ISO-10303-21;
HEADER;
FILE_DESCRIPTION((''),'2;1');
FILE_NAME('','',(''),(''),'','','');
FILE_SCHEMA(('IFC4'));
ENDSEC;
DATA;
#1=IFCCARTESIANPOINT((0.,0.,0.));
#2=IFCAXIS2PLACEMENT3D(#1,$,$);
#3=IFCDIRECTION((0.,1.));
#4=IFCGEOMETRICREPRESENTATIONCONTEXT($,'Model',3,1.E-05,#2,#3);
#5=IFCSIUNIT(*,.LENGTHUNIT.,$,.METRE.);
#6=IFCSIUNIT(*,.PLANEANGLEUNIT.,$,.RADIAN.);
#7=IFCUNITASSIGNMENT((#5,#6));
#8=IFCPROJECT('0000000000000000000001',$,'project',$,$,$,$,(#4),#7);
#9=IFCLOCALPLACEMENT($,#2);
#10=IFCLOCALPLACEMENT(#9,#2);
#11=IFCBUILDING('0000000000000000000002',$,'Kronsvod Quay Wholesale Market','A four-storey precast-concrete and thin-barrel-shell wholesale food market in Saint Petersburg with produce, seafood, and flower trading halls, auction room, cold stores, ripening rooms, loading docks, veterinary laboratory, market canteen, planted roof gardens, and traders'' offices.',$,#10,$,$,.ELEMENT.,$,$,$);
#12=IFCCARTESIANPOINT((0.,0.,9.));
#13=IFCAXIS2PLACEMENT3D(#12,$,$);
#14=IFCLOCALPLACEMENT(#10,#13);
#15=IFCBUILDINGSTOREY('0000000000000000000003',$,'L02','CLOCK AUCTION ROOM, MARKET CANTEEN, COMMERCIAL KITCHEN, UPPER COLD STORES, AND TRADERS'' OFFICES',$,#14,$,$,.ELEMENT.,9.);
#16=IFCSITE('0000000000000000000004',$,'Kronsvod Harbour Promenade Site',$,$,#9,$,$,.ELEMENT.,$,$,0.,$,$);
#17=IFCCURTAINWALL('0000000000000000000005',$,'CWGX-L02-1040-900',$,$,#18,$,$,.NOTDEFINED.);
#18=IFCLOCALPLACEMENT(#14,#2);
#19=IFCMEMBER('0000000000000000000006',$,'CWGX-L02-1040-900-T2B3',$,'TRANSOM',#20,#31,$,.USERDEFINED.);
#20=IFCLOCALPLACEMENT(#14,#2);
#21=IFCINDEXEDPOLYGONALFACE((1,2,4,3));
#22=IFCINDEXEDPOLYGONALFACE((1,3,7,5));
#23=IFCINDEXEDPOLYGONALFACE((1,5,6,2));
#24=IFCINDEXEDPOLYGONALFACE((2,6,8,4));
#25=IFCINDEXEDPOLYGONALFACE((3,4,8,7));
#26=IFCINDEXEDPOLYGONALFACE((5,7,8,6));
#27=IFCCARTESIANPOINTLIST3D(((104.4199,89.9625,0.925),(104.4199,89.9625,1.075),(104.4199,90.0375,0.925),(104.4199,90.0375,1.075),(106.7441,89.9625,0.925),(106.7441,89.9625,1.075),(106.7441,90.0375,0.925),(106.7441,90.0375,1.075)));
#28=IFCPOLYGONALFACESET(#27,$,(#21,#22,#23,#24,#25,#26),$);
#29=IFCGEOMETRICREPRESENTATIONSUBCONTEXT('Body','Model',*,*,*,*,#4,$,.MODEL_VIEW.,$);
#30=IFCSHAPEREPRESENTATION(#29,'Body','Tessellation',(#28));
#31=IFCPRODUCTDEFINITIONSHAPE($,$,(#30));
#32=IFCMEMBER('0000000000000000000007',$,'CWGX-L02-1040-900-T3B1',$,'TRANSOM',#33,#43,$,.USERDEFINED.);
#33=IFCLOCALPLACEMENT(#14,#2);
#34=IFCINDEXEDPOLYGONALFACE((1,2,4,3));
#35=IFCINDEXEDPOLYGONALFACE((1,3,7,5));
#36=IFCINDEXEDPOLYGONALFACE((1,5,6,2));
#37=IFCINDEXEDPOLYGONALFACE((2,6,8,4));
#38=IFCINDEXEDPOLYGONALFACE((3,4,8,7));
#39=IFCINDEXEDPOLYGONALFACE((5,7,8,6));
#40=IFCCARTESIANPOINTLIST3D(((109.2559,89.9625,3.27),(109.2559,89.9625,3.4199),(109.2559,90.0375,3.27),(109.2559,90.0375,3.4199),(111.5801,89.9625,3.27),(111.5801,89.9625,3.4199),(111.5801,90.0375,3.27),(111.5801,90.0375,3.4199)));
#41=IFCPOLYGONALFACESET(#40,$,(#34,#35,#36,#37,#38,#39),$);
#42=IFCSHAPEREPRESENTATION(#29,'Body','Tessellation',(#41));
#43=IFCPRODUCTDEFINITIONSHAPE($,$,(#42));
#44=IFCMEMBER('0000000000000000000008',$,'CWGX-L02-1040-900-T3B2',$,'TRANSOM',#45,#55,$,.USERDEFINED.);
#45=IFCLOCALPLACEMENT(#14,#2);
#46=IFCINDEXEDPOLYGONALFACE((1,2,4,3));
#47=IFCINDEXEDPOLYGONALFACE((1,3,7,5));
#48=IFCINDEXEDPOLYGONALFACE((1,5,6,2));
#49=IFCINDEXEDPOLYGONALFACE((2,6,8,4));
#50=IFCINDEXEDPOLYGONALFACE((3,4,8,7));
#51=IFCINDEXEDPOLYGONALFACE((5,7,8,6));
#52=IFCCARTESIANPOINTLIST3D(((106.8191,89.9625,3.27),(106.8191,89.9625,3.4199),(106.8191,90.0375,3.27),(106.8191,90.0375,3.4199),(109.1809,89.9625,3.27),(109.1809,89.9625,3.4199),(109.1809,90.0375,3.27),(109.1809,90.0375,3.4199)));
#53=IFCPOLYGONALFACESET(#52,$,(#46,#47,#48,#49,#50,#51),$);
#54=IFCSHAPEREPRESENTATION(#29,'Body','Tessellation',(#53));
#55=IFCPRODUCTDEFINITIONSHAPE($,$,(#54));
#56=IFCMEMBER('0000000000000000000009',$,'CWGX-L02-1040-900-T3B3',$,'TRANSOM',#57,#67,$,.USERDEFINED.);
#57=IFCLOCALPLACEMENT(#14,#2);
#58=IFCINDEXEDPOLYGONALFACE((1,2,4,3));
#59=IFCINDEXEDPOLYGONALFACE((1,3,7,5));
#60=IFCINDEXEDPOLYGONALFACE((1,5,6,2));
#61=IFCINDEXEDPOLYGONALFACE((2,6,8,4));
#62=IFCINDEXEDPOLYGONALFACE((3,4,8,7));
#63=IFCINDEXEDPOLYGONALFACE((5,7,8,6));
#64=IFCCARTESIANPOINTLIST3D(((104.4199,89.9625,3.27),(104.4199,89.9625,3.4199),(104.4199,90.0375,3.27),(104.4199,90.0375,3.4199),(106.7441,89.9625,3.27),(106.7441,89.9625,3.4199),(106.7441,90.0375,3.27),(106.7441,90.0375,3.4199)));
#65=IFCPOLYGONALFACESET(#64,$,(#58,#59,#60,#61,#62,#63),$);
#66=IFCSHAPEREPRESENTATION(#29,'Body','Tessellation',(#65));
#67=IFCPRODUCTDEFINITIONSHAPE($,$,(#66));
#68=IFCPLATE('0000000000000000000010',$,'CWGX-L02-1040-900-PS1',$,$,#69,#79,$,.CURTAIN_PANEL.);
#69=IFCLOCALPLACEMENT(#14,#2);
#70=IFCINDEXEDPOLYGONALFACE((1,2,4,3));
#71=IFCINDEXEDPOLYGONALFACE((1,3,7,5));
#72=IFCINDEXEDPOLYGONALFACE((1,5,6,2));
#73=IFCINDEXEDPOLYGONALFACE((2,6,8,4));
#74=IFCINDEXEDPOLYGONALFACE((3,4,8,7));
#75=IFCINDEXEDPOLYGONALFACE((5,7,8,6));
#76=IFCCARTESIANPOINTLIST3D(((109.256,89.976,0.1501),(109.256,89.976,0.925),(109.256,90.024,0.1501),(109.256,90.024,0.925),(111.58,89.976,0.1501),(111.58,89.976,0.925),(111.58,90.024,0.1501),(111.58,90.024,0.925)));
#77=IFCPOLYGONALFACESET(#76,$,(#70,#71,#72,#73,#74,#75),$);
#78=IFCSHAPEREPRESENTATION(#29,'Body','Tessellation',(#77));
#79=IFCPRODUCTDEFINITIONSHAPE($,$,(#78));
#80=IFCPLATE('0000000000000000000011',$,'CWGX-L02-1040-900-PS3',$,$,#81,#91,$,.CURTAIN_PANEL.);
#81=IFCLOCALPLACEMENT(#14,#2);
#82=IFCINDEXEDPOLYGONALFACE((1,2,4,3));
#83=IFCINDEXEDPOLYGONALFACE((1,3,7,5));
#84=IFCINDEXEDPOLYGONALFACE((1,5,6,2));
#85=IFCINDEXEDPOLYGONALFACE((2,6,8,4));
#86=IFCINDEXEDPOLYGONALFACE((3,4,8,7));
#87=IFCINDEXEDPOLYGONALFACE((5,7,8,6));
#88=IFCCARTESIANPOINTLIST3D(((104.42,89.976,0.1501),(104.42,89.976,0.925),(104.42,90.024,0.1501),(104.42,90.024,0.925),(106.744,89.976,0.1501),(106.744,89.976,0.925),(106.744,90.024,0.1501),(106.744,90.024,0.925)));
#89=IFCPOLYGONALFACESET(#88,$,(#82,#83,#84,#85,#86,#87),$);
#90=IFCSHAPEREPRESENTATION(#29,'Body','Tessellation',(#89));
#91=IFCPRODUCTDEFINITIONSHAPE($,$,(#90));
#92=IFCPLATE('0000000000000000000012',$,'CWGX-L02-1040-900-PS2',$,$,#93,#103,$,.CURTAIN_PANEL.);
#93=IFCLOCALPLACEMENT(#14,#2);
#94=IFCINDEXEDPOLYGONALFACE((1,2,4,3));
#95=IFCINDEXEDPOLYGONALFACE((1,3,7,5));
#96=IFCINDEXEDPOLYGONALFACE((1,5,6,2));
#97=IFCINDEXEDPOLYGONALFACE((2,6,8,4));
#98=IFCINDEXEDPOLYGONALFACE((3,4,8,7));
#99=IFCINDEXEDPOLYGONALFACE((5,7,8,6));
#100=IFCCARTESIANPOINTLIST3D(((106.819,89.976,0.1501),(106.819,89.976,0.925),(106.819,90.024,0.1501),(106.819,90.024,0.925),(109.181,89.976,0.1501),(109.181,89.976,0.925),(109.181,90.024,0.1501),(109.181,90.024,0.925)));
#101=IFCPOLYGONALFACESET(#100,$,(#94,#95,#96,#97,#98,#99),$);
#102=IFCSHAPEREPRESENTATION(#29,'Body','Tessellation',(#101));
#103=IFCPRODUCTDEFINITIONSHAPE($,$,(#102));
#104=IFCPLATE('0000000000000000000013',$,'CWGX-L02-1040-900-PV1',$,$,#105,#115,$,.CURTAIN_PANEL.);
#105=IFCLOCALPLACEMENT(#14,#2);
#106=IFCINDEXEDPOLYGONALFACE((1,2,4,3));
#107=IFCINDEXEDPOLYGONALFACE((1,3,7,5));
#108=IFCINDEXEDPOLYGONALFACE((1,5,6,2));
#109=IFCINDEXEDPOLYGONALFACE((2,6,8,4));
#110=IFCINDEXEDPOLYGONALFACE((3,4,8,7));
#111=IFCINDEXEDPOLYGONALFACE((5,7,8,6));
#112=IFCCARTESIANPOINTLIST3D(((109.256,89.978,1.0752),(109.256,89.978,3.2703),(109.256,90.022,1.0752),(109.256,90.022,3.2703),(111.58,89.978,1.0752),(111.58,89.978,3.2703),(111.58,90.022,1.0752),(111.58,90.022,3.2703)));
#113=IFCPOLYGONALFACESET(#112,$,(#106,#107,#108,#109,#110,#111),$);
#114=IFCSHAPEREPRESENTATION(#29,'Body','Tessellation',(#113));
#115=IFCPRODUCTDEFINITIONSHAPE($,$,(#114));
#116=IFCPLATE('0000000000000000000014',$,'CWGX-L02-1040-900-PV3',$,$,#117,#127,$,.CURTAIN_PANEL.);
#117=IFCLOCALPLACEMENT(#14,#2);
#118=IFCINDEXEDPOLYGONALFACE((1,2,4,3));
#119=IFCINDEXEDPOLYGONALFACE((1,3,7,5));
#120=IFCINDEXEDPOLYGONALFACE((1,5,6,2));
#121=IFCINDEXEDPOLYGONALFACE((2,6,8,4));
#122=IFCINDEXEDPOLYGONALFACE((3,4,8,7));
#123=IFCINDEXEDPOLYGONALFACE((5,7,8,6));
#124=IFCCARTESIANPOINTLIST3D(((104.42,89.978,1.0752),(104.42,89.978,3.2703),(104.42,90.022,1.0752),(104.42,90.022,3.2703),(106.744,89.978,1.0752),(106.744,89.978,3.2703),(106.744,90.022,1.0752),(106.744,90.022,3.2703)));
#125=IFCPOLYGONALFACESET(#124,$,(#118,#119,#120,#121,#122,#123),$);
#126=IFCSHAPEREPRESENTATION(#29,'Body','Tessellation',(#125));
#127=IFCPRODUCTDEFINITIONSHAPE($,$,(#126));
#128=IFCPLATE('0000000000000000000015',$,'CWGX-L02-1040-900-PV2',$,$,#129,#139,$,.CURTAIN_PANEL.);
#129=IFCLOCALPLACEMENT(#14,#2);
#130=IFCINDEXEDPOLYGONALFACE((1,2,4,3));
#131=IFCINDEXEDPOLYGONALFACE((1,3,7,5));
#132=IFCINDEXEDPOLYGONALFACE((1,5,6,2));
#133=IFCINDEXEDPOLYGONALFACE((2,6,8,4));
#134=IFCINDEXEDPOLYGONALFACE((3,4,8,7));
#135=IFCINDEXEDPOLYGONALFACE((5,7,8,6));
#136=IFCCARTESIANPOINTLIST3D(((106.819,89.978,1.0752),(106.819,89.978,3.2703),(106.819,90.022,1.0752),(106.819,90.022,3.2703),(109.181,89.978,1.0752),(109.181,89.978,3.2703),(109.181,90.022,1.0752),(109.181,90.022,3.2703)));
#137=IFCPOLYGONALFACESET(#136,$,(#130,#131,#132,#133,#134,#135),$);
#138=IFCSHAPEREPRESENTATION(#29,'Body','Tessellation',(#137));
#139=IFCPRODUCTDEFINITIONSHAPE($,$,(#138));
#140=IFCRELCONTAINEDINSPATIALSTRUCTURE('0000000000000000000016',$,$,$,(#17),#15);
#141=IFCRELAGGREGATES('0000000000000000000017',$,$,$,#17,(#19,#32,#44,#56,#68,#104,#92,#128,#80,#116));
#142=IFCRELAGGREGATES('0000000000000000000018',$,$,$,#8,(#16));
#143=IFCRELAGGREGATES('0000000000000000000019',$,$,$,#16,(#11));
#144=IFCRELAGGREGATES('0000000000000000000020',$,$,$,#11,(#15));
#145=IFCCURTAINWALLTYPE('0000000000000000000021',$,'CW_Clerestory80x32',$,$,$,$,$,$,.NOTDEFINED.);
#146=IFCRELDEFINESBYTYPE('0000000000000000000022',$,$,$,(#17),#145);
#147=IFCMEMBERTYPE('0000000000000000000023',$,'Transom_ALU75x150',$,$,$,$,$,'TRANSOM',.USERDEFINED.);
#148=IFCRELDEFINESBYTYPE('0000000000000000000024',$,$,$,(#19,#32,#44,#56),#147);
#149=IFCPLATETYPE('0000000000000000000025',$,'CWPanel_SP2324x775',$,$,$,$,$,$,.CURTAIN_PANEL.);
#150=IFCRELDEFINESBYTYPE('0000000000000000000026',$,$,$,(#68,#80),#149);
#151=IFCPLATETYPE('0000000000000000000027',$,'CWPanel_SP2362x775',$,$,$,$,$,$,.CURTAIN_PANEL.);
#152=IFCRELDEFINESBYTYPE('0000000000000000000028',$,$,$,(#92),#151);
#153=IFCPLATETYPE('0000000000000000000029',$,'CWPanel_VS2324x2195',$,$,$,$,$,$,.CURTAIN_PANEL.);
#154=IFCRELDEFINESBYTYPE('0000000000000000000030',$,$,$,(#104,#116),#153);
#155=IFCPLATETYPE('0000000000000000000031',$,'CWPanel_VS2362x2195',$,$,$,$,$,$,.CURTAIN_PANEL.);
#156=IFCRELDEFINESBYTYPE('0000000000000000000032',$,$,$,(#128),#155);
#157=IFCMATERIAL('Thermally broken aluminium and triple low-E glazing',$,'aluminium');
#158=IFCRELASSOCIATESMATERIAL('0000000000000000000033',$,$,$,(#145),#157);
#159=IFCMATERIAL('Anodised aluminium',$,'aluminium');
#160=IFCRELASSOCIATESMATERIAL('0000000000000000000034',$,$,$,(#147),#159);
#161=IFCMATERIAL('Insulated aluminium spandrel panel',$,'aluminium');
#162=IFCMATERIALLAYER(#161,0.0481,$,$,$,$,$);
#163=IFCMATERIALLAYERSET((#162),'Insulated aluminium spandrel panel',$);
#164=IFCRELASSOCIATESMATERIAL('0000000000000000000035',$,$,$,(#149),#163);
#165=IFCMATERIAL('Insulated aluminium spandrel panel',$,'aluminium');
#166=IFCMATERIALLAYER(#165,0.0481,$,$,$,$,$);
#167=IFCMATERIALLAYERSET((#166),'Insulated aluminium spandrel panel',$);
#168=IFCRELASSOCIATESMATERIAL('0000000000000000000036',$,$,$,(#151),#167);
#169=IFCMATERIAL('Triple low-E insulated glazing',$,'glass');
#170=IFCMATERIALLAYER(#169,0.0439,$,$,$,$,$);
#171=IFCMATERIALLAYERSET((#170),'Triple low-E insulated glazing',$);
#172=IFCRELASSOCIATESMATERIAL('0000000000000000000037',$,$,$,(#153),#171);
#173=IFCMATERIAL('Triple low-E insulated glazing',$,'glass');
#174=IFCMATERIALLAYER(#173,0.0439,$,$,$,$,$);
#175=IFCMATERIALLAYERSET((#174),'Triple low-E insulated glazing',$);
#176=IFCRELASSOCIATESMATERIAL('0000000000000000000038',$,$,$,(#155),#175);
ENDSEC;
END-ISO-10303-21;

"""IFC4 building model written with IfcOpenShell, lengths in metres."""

from ifc_helpers import new_model, si_unit, direction, frame, origin, origin_2d, place, context, subcontext, project, spatial, rectangle, extrude, material, layer, layer_set, material_profile, profile_set, type_object, element, aggregate, save


model = new_model("IFC4")

# Units and contexts
model_context = context("Model", 3, precision=1e-05, world=origin(), true_north=direction((0.0, 1.0)))
body_context = subcontext(model_context, "Body", "Model", "MODEL_VIEW")
ifc_project = project(units=[si_unit("LENGTHUNIT", "METRE"), si_unit("PLANEANGLEUNIT", "RADIAN")], contexts=[model_context])

# Site, building, storey
site_placement = place(None, origin())
site = spatial("IfcSite", under=ifc_project, at=site_placement, Name="Kronsvod Harbour Promenade Site", CompositionType="ELEMENT", RefElevation=0.0)
building_placement = place(site_placement, origin())
building = spatial("IfcBuilding", under=site, at=building_placement, Name="Kronsvod Quay Wholesale Market", Description="A four-storey precast-concrete and thin-barrel-shell wholesale food market in Saint Petersburg with produce, seafood, and flower trading halls, auction room, cold stores, ripening rooms, loading docks, veterinary laboratory, market canteen, planted roof gardens, and traders' offices.", CompositionType="ELEMENT")
storey_placement = place(building_placement, frame((0.0, 0.0, 9.0)))
storey = spatial("IfcBuildingStorey", under=building, at=storey_placement, Name="L02", Description="CLOCK AUCTION ROOM, MARKET CANTEEN, COMMERCIAL KITCHEN, UPPER COLD STORES, AND TRADERS' OFFICES", CompositionType="ELEMENT", Elevation=9.0)

# Curtain wall
ifc_material_1 = material(Name="Thermally broken aluminium and triple low-E glazing", Category="aluminium")
curtain_wall_type_1 = type_object("IfcCurtainWallType", Name="CW_Clerestory80x32", PredefinedType="NOTDEFINED", material=ifc_material_1)
curtain_wall_1_placement = place(storey_placement, origin())
curtain_wall_1 = element("IfcCurtainWall", 1, at=curtain_wall_1_placement, inside=storey, type_object=curtain_wall_type_1, Name="CWGX-L02-1040-900", PredefinedType="NOTDEFINED")

# Members
ifc_material_2 = material(Name="Anodised aluminium", Category="aluminium")
ifc_material_profile_1 = material_profile(ifc_material_2, rectangle(XDim=0.075, YDim=0.1499, at=origin_2d()), Name="ALUT75x150")
ifc_profile_set_1 = profile_set([ifc_material_profile_1], Name="Anodised aluminium")
member_type_1 = type_object("IfcMemberType", Name="Transom_ALU75x150", ElementType="TRANSOM", PredefinedType="USERDEFINED", material=ifc_profile_set_1)
member_1_placement = place(storey_placement, frame((106.7441, 90.0, 1.0), z_axis=(-1.0, 0.0, 0.0), x_axis=(0.0, -1.0, 0.0)))
member_1 = element("IfcMember", 2, at=member_1_placement, type_object=member_type_1, Name="CWGX-L02-1040-900-T2B3", ObjectType="TRANSOM", PredefinedType="USERDEFINED", context=body_context, shape_type="SweptSolid", body=[
    extrude(rectangle(XDim=0.075, YDim=0.1499, at=origin_2d()), origin(), (0.0, 0.0, 1.0), 2.3242),
])
member_2_placement = place(storey_placement, frame((111.5801, 90.0, 3.345), z_axis=(-1.0, 0.0, 0.0), x_axis=(0.0, -1.0, 0.0)))
member_2 = element("IfcMember", 3, at=member_2_placement, type_object=member_type_1, Name="CWGX-L02-1040-900-T3B1", ObjectType="TRANSOM", PredefinedType="USERDEFINED", context=body_context, shape_type="SweptSolid", body=[
    extrude(rectangle(XDim=0.075, YDim=0.1499, at=origin_2d()), origin(), (0.0, 0.0, 1.0), 2.3242),
])
member_3_placement = place(storey_placement, frame((109.1809, 90.0, 3.345), z_axis=(-1.0, 0.0, 0.0), x_axis=(0.0, -1.0, 0.0)))
member_3 = element("IfcMember", 4, at=member_3_placement, type_object=member_type_1, Name="CWGX-L02-1040-900-T3B2", ObjectType="TRANSOM", PredefinedType="USERDEFINED", context=body_context, shape_type="SweptSolid", body=[
    extrude(rectangle(XDim=0.075, YDim=0.1499, at=origin_2d()), origin(), (0.0, 0.0, 1.0), 2.3618),
])
member_4_placement = place(storey_placement, frame((106.7441, 90.0, 3.345), z_axis=(-1.0, 0.0, 0.0), x_axis=(0.0, -1.0, 0.0)))
member_4 = element("IfcMember", 5, at=member_4_placement, type_object=member_type_1, Name="CWGX-L02-1040-900-T3B3", ObjectType="TRANSOM", PredefinedType="USERDEFINED", context=body_context, shape_type="SweptSolid", body=[
    extrude(rectangle(XDim=0.075, YDim=0.1499, at=origin_2d()), origin(), (0.0, 0.0, 1.0), 2.3242),
])

# Plates
ifc_material_3 = material(Name="Insulated aluminium spandrel panel", Category="aluminium")
ifc_layer_1 = layer(ifc_material_3, 0.0481)
ifc_layer_set_1 = layer_set([ifc_layer_1], Name="Insulated aluminium spandrel panel")
plate_type_1 = type_object("IfcPlateType", Name="CWPanel_SP2324x775", PredefinedType="CURTAIN_PANEL", material=ifc_layer_set_1)
plate_1_placement = place(storey_placement, frame((110.418, 90.0, 0.1501), z_axis=(0.0, 0.0, 1.0), x_axis=(-1.0, 0.0, 0.0)))
plate_1 = element("IfcPlate", 6, at=plate_1_placement, type_object=plate_type_1, Name="CWGX-L02-1040-900-PS1", PredefinedType="CURTAIN_PANEL", context=body_context, shape_type="SweptSolid", body=[
    extrude(rectangle(XDim=2.324, YDim=0.0481, at=origin_2d()), origin(), (0.0, 0.0, 1.0), 0.7749),
])
plate_2_placement = place(storey_placement, frame((105.582, 90.0, 0.1501), z_axis=(0.0, 0.0, 1.0), x_axis=(-1.0, 0.0, 0.0)))
plate_2 = element("IfcPlate", 7, at=plate_2_placement, type_object=plate_type_1, Name="CWGX-L02-1040-900-PS3", PredefinedType="CURTAIN_PANEL", context=body_context, shape_type="SweptSolid", body=[
    extrude(rectangle(XDim=2.324, YDim=0.0481, at=origin_2d()), origin(), (0.0, 0.0, 1.0), 0.7749),
])
ifc_material_4 = material(Name="Insulated aluminium spandrel panel", Category="aluminium")
ifc_layer_2 = layer(ifc_material_4, 0.0481)
ifc_layer_set_2 = layer_set([ifc_layer_2], Name="Insulated aluminium spandrel panel")
plate_type_2 = type_object("IfcPlateType", Name="CWPanel_SP2362x775", PredefinedType="CURTAIN_PANEL", material=ifc_layer_set_2)
plate_3_placement = place(storey_placement, frame((108.0, 90.0, 0.1501), z_axis=(0.0, 0.0, 1.0), x_axis=(-1.0, 0.0, 0.0)))
plate_3 = element("IfcPlate", 8, at=plate_3_placement, type_object=plate_type_2, Name="CWGX-L02-1040-900-PS2", PredefinedType="CURTAIN_PANEL", context=body_context, shape_type="SweptSolid", body=[
    extrude(rectangle(XDim=2.3621, YDim=0.0481, at=origin_2d()), origin(), (0.0, 0.0, 1.0), 0.7749),
])
ifc_material_5 = material(Name="Triple low-E insulated glazing", Category="glass")
ifc_layer_3 = layer(ifc_material_5, 0.0439)
ifc_layer_set_3 = layer_set([ifc_layer_3], Name="Triple low-E insulated glazing")
plate_type_3 = type_object("IfcPlateType", Name="CWPanel_VS2324x2195", PredefinedType="CURTAIN_PANEL", material=ifc_layer_set_3)
plate_4_placement = place(storey_placement, frame((110.418, 90.0, 1.0752), z_axis=(0.0, 0.0, 1.0), x_axis=(-1.0, 0.0, 0.0)))
plate_4 = element("IfcPlate", 9, at=plate_4_placement, type_object=plate_type_3, Name="CWGX-L02-1040-900-PV1", PredefinedType="CURTAIN_PANEL", context=body_context, shape_type="SweptSolid", body=[
    extrude(rectangle(XDim=2.324, YDim=0.0439, at=origin_2d()), origin(), (0.0, 0.0, 1.0), 2.1951),
])
plate_5_placement = place(storey_placement, frame((105.582, 90.0, 1.0752), z_axis=(0.0, 0.0, 1.0), x_axis=(-1.0, 0.0, 0.0)))
plate_5 = element("IfcPlate", 10, at=plate_5_placement, type_object=plate_type_3, Name="CWGX-L02-1040-900-PV3", PredefinedType="CURTAIN_PANEL", context=body_context, shape_type="SweptSolid", body=[
    extrude(rectangle(XDim=2.324, YDim=0.0439, at=origin_2d()), origin(), (0.0, 0.0, 1.0), 2.1951),
])
ifc_material_6 = material(Name="Triple low-E insulated glazing", Category="glass")
ifc_layer_4 = layer(ifc_material_6, 0.0439)
ifc_layer_set_4 = layer_set([ifc_layer_4], Name="Triple low-E insulated glazing")
plate_type_4 = type_object("IfcPlateType", Name="CWPanel_VS2362x2195", PredefinedType="CURTAIN_PANEL", material=ifc_layer_set_4)
plate_6_placement = place(storey_placement, frame((108.0, 90.0, 1.0752), z_axis=(0.0, 0.0, 1.0), x_axis=(-1.0, 0.0, 0.0)))
plate_6 = element("IfcPlate", 11, at=plate_6_placement, type_object=plate_type_4, Name="CWGX-L02-1040-900-PV2", PredefinedType="CURTAIN_PANEL", context=body_context, shape_type="SweptSolid", body=[
    extrude(rectangle(XDim=2.3621, YDim=0.0439, at=origin_2d()), origin(), (0.0, 0.0, 1.0), 2.1951),
])
aggregate(curtain_wall_1, [member_1, member_2, member_3, member_4, plate_1, plate_4, plate_3, plate_6, plate_2, plate_5])

save(model, "model.ifc")
